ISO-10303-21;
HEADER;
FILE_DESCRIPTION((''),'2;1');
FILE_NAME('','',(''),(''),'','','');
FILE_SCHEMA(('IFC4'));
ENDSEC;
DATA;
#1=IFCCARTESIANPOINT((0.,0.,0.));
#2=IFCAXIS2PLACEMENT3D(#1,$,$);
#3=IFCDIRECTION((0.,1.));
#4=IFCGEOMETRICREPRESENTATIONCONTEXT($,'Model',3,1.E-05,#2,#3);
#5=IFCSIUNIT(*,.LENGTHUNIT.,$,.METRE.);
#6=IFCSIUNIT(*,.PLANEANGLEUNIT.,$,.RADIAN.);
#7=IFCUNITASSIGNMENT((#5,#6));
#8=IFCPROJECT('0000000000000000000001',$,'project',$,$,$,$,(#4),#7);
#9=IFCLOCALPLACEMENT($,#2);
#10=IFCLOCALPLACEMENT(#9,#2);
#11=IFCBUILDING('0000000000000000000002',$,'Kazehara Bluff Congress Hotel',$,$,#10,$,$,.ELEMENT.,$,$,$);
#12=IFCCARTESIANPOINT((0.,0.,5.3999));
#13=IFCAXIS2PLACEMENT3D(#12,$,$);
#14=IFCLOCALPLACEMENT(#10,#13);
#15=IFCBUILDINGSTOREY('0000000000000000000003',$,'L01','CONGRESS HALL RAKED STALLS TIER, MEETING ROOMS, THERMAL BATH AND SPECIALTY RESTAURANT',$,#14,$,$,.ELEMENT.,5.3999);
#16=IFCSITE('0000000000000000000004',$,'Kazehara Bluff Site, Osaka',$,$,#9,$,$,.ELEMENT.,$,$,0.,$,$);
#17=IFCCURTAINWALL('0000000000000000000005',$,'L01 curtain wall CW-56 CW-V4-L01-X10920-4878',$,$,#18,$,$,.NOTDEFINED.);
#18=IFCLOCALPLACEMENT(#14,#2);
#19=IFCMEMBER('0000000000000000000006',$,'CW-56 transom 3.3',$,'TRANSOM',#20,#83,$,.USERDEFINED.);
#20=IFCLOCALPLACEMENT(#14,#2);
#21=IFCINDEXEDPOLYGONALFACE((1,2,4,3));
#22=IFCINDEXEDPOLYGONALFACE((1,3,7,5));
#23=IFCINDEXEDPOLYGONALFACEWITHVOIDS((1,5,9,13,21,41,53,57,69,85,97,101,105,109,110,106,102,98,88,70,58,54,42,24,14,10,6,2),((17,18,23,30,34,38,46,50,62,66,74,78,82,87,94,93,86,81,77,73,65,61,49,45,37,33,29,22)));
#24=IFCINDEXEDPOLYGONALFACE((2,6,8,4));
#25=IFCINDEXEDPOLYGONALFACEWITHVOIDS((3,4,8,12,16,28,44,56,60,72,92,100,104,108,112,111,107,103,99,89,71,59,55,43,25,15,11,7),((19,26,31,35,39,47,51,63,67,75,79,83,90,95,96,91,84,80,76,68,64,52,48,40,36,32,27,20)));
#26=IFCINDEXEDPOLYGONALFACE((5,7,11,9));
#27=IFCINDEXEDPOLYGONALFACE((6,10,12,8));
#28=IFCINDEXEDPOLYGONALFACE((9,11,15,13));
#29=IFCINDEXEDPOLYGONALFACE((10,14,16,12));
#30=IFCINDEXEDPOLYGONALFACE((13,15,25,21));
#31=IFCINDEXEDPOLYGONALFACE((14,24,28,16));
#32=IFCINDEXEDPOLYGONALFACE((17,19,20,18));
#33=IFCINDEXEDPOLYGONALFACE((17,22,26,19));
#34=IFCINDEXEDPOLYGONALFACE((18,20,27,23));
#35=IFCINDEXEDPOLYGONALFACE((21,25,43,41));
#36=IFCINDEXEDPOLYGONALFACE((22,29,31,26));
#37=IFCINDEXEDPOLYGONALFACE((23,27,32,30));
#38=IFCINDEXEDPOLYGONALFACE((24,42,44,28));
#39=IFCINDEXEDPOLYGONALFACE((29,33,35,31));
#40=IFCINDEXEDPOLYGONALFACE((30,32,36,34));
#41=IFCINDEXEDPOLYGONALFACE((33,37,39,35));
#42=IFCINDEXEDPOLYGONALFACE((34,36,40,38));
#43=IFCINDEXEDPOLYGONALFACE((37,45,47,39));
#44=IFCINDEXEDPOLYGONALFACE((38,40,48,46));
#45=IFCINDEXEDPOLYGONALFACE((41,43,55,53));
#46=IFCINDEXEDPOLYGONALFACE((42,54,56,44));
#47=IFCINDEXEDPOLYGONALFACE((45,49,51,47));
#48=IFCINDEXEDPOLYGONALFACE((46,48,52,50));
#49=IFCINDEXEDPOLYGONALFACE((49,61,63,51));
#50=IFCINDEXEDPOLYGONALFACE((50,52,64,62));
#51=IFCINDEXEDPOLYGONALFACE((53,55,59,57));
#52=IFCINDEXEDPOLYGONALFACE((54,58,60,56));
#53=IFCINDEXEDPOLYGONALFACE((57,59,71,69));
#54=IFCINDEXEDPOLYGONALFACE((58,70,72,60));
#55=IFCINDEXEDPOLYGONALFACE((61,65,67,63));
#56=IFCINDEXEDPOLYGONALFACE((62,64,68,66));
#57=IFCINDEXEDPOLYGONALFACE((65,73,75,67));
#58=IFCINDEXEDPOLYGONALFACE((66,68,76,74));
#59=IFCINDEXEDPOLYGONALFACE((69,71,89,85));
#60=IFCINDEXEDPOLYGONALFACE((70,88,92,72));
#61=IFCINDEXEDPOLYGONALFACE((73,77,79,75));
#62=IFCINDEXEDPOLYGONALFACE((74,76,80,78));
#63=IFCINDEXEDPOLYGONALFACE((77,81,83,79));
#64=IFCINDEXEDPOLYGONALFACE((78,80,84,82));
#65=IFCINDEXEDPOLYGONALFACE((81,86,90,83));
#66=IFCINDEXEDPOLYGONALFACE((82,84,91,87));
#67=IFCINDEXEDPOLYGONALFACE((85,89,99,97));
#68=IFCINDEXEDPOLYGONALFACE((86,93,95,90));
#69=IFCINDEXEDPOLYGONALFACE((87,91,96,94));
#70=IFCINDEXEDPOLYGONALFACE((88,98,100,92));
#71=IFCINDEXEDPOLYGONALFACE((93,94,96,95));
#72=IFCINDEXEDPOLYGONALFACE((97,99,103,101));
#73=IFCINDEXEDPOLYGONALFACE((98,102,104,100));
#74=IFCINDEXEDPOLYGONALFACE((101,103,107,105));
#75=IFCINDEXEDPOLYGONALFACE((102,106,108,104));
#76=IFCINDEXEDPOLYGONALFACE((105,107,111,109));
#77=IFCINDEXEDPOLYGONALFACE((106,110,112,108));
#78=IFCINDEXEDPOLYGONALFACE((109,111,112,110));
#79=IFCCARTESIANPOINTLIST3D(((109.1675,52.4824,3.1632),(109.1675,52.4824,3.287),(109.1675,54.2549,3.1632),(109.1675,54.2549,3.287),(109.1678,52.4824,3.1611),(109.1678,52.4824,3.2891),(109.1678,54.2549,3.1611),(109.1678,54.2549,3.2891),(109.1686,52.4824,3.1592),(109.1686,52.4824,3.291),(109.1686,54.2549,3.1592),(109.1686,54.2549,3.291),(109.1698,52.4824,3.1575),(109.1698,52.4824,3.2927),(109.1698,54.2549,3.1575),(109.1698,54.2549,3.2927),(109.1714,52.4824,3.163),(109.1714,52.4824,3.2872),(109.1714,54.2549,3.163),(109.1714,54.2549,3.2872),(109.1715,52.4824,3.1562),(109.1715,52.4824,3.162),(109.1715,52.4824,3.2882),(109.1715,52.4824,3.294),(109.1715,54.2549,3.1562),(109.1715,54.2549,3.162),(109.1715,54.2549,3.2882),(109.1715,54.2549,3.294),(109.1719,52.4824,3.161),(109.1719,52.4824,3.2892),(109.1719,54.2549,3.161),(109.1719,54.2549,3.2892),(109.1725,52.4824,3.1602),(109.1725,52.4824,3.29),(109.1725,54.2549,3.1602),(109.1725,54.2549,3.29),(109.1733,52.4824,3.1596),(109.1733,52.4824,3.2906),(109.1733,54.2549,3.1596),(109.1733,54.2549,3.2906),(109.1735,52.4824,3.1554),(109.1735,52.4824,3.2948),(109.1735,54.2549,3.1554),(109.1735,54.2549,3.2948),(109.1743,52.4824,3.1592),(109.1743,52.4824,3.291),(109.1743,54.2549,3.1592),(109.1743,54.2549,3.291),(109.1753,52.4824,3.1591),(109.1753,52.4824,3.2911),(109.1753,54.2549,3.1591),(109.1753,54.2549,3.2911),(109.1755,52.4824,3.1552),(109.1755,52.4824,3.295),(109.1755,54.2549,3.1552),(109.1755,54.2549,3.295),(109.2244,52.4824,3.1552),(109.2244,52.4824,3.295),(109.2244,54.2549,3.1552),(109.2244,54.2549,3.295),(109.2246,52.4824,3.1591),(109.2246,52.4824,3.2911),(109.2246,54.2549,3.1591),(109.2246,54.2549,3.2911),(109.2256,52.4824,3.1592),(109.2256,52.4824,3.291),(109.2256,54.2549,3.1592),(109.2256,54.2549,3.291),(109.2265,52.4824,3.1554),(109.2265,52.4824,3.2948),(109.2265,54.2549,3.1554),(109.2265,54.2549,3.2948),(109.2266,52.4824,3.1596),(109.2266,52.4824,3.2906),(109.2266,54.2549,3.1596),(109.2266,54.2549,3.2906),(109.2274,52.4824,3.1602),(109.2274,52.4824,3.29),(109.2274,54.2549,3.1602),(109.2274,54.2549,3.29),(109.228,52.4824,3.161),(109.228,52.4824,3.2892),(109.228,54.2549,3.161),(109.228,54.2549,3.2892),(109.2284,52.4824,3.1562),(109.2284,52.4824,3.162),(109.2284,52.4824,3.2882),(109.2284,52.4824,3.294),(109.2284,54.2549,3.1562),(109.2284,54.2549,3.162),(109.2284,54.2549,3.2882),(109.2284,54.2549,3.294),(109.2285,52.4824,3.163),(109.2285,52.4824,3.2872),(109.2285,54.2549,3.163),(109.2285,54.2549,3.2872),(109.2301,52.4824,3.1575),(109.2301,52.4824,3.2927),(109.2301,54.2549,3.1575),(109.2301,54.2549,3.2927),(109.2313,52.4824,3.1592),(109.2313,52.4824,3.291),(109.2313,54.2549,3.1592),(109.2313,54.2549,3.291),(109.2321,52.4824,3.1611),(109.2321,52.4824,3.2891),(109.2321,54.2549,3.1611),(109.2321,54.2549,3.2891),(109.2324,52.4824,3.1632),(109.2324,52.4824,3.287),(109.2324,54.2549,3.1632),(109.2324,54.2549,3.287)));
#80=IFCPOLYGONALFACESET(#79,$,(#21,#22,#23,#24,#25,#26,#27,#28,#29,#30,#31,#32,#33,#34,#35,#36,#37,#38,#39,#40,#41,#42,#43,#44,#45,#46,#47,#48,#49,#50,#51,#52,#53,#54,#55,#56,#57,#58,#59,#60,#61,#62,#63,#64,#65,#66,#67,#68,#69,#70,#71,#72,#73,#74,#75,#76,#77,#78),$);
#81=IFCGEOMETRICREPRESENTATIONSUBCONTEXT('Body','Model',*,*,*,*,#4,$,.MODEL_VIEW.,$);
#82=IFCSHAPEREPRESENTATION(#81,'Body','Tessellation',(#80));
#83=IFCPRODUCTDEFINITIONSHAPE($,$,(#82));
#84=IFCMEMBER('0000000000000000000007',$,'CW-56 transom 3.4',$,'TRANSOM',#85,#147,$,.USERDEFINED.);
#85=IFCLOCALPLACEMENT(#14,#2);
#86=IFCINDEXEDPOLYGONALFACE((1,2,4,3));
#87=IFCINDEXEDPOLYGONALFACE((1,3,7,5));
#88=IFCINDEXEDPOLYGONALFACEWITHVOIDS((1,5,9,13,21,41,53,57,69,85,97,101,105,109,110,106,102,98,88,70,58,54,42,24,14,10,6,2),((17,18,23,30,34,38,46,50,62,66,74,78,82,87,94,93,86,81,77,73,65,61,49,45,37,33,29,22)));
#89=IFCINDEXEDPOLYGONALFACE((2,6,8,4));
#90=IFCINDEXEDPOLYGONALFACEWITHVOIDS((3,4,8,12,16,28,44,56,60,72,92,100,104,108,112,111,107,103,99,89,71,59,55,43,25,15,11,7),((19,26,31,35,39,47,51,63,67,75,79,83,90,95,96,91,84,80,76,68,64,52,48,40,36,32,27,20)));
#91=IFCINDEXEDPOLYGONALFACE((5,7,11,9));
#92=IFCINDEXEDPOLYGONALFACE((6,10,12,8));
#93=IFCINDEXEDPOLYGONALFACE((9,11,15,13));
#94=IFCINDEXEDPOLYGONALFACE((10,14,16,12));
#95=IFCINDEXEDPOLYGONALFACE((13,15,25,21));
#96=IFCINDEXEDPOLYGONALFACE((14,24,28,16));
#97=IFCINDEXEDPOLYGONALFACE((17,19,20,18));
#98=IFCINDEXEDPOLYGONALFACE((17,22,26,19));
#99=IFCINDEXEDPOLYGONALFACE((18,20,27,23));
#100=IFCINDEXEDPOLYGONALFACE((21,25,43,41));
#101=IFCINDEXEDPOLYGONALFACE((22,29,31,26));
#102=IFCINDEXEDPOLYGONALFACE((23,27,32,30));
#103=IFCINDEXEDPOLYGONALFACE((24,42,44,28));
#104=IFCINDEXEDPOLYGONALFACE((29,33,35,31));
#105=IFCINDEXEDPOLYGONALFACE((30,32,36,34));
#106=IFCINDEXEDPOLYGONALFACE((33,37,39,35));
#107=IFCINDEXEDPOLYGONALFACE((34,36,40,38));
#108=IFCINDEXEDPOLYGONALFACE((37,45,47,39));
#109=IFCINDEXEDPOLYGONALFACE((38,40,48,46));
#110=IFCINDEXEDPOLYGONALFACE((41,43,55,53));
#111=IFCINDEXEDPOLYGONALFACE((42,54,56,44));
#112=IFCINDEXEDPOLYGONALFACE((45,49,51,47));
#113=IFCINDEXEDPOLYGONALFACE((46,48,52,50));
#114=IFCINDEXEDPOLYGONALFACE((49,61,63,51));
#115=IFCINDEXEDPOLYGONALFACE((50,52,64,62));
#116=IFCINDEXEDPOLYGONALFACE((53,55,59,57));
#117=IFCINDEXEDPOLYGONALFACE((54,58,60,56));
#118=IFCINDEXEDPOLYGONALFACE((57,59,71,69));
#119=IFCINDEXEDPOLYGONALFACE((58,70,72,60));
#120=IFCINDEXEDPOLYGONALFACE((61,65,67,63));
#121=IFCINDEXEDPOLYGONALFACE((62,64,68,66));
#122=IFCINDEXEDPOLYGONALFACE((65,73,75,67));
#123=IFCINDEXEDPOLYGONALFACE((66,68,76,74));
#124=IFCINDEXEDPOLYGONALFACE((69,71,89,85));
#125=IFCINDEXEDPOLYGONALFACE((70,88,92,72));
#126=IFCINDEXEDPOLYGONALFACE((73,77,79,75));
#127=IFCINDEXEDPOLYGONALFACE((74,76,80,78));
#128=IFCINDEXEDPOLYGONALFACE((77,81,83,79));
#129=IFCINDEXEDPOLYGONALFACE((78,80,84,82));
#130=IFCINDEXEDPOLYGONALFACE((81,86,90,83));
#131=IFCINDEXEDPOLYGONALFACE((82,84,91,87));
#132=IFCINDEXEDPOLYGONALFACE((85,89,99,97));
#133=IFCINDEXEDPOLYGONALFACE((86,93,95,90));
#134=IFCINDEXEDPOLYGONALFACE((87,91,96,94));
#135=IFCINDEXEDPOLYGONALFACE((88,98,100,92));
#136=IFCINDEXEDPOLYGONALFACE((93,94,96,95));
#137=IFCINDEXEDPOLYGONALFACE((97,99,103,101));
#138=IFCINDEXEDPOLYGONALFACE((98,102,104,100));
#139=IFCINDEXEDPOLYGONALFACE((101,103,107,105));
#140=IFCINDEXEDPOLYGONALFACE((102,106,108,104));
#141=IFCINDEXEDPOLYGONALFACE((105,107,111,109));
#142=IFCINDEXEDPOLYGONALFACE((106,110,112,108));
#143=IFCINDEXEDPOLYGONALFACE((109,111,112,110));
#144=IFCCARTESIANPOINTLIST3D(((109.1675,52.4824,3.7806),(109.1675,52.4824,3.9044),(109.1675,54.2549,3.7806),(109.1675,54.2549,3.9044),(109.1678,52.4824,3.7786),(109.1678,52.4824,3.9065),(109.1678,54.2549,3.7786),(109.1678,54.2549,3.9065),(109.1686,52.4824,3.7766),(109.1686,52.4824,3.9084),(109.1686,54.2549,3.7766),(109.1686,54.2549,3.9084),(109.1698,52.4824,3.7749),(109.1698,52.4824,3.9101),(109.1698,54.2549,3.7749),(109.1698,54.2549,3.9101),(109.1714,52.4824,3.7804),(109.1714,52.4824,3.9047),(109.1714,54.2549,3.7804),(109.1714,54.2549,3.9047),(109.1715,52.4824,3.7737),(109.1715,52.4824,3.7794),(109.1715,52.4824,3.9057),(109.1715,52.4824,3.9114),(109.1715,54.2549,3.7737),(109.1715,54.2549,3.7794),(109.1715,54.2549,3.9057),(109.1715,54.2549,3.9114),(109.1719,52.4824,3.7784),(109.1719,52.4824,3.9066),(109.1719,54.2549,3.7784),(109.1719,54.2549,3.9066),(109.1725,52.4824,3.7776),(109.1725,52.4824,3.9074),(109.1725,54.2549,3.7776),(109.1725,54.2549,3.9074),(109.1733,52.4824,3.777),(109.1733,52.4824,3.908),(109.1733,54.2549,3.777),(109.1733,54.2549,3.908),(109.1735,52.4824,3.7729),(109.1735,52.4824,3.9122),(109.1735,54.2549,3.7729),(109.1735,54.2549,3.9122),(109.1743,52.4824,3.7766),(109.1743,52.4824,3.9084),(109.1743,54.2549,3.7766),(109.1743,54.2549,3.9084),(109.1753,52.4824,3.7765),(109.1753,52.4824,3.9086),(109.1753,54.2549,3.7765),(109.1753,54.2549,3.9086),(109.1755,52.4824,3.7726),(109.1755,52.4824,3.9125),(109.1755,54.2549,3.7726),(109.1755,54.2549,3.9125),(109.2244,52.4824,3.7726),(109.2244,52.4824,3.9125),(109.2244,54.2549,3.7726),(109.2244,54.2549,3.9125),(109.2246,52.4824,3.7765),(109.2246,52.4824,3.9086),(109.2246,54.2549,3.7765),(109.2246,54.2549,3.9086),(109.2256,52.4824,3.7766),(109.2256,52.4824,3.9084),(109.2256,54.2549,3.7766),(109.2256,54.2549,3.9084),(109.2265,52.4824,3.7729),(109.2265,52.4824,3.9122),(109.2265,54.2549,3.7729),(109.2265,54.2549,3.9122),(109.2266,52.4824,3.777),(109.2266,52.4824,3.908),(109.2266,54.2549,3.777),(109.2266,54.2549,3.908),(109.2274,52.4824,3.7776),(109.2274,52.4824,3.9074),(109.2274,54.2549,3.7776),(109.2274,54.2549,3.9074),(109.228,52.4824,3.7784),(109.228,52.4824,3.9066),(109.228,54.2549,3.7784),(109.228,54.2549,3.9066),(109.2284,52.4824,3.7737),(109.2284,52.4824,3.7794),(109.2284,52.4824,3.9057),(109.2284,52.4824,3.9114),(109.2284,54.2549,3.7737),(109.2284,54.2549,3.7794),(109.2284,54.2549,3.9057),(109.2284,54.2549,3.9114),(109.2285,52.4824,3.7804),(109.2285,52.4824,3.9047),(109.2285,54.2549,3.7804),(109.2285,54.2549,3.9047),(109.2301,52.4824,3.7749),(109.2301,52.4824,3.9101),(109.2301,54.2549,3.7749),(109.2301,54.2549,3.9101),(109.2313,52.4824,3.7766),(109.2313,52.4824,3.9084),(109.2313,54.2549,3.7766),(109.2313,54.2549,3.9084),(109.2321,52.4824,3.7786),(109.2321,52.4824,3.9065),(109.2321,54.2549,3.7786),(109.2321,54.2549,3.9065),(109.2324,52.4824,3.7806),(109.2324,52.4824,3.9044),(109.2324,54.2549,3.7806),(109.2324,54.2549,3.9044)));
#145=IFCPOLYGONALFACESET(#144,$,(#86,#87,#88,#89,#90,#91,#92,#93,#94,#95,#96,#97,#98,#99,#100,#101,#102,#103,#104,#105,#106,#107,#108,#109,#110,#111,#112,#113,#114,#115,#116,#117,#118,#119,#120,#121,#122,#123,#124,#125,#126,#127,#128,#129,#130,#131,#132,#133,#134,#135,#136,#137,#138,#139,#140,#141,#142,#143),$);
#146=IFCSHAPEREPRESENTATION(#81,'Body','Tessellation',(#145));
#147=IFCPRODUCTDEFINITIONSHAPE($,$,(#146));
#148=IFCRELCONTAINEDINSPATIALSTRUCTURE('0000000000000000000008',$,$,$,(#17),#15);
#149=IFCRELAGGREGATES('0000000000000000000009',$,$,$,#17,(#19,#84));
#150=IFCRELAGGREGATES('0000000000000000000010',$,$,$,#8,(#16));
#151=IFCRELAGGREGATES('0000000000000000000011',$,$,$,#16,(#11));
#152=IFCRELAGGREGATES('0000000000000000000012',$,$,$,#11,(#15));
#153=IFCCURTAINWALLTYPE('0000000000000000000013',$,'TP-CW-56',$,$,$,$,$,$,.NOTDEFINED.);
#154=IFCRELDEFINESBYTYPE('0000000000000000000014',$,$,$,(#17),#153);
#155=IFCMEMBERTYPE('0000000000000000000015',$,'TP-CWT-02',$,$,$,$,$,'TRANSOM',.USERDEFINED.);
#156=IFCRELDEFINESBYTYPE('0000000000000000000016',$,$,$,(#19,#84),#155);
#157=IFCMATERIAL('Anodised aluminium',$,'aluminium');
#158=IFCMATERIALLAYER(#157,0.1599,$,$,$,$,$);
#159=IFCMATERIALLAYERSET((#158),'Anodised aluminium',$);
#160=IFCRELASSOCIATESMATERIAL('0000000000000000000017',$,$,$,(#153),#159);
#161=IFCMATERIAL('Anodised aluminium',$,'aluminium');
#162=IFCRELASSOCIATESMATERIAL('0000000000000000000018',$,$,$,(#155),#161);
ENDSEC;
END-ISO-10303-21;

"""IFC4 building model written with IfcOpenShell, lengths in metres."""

from ifc_helpers import new_model, si_unit, direction, frame, origin, origin_2d, place, context, subcontext, project, spatial, hollow_rectangle, extrude, material, layer, layer_set, material_profile, profile_set, type_object, element, aggregate, save


model = new_model("IFC4")

# Units and contexts
model_context = context("Model", 3, precision=1e-05, world=origin(), true_north=direction((0.0, 1.0)))
body_context = subcontext(model_context, "Body", "Model", "MODEL_VIEW")
ifc_project = project(units=[si_unit("LENGTHUNIT", "METRE"), si_unit("PLANEANGLEUNIT", "RADIAN")], contexts=[model_context])

# Site, building, storey
site_placement = place(None, origin())
site = spatial("IfcSite", under=ifc_project, at=site_placement, Name="Kazehara Bluff Site, Osaka", CompositionType="ELEMENT", RefElevation=0.0)
building_placement = place(site_placement, origin())
building = spatial("IfcBuilding", under=site, at=building_placement, Name="Kazehara Bluff Congress Hotel", CompositionType="ELEMENT")
storey_placement = place(building_placement, frame((0.0, 0.0, 5.3999)))
storey = spatial("IfcBuildingStorey", under=building, at=storey_placement, Name="L01", Description="CONGRESS HALL RAKED STALLS TIER, MEETING ROOMS, THERMAL BATH AND SPECIALTY RESTAURANT", CompositionType="ELEMENT", Elevation=5.3999)

# Curtain wall, members
ifc_material_1 = material(Name="Anodised aluminium", Category="aluminium")
ifc_layer_1 = layer(ifc_material_1, 0.1599)
ifc_layer_set_1 = layer_set([ifc_layer_1], Name="Anodised aluminium")
curtain_wall_type = type_object("IfcCurtainWallType", Name="TP-CW-56", PredefinedType="NOTDEFINED", material=ifc_layer_set_1)
curtain_wall_placement = place(storey_placement, origin())
curtain_wall = element("IfcCurtainWall", 1, at=curtain_wall_placement, inside=storey, type_object=curtain_wall_type, Name="L01 curtain wall CW-56 CW-V4-L01-X10920-4878", PredefinedType="NOTDEFINED")
ifc_material_2 = material(Name="Anodised aluminium", Category="aluminium")
ifc_material_profile_1 = material_profile(ifc_material_2, hollow_rectangle(XDim=0.0649, YDim=0.1399, WallThickness=0.0039, InnerFilletRadius=0.0039, OuterFilletRadius=0.0081, at=origin_2d()))
ifc_profile_set_1 = profile_set([ifc_material_profile_1], Name="Anodised aluminium")
member_type_1 = type_object("IfcMemberType", Name="TP-CWT-02", ElementType="TRANSOM", PredefinedType="USERDEFINED", material=ifc_profile_set_1)
member_1_placement = place(storey_placement, frame((109.2, 52.4824, 3.2251), z_axis=(0.0, 1.0, 0.0), x_axis=(-1.0, 0.0, 0.0)))
member_1 = element("IfcMember", 2, at=member_1_placement, type_object=member_type_1, Name="CW-56 transom 3.3", ObjectType="TRANSOM", PredefinedType="USERDEFINED", context=body_context, shape_type="SweptSolid", body=[
    extrude(hollow_rectangle(XDim=0.0649, YDim=0.1399, WallThickness=0.0039, InnerFilletRadius=0.0039, OuterFilletRadius=0.0081, at=origin_2d()), origin(), (0.0, 0.0, 1.0), 1.7725),
])
member_2_placement = place(storey_placement, frame((109.2, 52.4824, 3.8425), z_axis=(0.0, 1.0, 0.0), x_axis=(-1.0, 0.0, 0.0)))
member_2 = element("IfcMember", 3, at=member_2_placement, type_object=member_type_1, Name="CW-56 transom 3.4", ObjectType="TRANSOM", PredefinedType="USERDEFINED", context=body_context, shape_type="SweptSolid", body=[
    extrude(hollow_rectangle(XDim=0.0649, YDim=0.1399, WallThickness=0.0039, InnerFilletRadius=0.0039, OuterFilletRadius=0.0081, at=origin_2d()), origin(), (0.0, 0.0, 1.0), 1.7725),
])

aggregate(curtain_wall, [member_1, member_2])

save(model, "model.ifc")
